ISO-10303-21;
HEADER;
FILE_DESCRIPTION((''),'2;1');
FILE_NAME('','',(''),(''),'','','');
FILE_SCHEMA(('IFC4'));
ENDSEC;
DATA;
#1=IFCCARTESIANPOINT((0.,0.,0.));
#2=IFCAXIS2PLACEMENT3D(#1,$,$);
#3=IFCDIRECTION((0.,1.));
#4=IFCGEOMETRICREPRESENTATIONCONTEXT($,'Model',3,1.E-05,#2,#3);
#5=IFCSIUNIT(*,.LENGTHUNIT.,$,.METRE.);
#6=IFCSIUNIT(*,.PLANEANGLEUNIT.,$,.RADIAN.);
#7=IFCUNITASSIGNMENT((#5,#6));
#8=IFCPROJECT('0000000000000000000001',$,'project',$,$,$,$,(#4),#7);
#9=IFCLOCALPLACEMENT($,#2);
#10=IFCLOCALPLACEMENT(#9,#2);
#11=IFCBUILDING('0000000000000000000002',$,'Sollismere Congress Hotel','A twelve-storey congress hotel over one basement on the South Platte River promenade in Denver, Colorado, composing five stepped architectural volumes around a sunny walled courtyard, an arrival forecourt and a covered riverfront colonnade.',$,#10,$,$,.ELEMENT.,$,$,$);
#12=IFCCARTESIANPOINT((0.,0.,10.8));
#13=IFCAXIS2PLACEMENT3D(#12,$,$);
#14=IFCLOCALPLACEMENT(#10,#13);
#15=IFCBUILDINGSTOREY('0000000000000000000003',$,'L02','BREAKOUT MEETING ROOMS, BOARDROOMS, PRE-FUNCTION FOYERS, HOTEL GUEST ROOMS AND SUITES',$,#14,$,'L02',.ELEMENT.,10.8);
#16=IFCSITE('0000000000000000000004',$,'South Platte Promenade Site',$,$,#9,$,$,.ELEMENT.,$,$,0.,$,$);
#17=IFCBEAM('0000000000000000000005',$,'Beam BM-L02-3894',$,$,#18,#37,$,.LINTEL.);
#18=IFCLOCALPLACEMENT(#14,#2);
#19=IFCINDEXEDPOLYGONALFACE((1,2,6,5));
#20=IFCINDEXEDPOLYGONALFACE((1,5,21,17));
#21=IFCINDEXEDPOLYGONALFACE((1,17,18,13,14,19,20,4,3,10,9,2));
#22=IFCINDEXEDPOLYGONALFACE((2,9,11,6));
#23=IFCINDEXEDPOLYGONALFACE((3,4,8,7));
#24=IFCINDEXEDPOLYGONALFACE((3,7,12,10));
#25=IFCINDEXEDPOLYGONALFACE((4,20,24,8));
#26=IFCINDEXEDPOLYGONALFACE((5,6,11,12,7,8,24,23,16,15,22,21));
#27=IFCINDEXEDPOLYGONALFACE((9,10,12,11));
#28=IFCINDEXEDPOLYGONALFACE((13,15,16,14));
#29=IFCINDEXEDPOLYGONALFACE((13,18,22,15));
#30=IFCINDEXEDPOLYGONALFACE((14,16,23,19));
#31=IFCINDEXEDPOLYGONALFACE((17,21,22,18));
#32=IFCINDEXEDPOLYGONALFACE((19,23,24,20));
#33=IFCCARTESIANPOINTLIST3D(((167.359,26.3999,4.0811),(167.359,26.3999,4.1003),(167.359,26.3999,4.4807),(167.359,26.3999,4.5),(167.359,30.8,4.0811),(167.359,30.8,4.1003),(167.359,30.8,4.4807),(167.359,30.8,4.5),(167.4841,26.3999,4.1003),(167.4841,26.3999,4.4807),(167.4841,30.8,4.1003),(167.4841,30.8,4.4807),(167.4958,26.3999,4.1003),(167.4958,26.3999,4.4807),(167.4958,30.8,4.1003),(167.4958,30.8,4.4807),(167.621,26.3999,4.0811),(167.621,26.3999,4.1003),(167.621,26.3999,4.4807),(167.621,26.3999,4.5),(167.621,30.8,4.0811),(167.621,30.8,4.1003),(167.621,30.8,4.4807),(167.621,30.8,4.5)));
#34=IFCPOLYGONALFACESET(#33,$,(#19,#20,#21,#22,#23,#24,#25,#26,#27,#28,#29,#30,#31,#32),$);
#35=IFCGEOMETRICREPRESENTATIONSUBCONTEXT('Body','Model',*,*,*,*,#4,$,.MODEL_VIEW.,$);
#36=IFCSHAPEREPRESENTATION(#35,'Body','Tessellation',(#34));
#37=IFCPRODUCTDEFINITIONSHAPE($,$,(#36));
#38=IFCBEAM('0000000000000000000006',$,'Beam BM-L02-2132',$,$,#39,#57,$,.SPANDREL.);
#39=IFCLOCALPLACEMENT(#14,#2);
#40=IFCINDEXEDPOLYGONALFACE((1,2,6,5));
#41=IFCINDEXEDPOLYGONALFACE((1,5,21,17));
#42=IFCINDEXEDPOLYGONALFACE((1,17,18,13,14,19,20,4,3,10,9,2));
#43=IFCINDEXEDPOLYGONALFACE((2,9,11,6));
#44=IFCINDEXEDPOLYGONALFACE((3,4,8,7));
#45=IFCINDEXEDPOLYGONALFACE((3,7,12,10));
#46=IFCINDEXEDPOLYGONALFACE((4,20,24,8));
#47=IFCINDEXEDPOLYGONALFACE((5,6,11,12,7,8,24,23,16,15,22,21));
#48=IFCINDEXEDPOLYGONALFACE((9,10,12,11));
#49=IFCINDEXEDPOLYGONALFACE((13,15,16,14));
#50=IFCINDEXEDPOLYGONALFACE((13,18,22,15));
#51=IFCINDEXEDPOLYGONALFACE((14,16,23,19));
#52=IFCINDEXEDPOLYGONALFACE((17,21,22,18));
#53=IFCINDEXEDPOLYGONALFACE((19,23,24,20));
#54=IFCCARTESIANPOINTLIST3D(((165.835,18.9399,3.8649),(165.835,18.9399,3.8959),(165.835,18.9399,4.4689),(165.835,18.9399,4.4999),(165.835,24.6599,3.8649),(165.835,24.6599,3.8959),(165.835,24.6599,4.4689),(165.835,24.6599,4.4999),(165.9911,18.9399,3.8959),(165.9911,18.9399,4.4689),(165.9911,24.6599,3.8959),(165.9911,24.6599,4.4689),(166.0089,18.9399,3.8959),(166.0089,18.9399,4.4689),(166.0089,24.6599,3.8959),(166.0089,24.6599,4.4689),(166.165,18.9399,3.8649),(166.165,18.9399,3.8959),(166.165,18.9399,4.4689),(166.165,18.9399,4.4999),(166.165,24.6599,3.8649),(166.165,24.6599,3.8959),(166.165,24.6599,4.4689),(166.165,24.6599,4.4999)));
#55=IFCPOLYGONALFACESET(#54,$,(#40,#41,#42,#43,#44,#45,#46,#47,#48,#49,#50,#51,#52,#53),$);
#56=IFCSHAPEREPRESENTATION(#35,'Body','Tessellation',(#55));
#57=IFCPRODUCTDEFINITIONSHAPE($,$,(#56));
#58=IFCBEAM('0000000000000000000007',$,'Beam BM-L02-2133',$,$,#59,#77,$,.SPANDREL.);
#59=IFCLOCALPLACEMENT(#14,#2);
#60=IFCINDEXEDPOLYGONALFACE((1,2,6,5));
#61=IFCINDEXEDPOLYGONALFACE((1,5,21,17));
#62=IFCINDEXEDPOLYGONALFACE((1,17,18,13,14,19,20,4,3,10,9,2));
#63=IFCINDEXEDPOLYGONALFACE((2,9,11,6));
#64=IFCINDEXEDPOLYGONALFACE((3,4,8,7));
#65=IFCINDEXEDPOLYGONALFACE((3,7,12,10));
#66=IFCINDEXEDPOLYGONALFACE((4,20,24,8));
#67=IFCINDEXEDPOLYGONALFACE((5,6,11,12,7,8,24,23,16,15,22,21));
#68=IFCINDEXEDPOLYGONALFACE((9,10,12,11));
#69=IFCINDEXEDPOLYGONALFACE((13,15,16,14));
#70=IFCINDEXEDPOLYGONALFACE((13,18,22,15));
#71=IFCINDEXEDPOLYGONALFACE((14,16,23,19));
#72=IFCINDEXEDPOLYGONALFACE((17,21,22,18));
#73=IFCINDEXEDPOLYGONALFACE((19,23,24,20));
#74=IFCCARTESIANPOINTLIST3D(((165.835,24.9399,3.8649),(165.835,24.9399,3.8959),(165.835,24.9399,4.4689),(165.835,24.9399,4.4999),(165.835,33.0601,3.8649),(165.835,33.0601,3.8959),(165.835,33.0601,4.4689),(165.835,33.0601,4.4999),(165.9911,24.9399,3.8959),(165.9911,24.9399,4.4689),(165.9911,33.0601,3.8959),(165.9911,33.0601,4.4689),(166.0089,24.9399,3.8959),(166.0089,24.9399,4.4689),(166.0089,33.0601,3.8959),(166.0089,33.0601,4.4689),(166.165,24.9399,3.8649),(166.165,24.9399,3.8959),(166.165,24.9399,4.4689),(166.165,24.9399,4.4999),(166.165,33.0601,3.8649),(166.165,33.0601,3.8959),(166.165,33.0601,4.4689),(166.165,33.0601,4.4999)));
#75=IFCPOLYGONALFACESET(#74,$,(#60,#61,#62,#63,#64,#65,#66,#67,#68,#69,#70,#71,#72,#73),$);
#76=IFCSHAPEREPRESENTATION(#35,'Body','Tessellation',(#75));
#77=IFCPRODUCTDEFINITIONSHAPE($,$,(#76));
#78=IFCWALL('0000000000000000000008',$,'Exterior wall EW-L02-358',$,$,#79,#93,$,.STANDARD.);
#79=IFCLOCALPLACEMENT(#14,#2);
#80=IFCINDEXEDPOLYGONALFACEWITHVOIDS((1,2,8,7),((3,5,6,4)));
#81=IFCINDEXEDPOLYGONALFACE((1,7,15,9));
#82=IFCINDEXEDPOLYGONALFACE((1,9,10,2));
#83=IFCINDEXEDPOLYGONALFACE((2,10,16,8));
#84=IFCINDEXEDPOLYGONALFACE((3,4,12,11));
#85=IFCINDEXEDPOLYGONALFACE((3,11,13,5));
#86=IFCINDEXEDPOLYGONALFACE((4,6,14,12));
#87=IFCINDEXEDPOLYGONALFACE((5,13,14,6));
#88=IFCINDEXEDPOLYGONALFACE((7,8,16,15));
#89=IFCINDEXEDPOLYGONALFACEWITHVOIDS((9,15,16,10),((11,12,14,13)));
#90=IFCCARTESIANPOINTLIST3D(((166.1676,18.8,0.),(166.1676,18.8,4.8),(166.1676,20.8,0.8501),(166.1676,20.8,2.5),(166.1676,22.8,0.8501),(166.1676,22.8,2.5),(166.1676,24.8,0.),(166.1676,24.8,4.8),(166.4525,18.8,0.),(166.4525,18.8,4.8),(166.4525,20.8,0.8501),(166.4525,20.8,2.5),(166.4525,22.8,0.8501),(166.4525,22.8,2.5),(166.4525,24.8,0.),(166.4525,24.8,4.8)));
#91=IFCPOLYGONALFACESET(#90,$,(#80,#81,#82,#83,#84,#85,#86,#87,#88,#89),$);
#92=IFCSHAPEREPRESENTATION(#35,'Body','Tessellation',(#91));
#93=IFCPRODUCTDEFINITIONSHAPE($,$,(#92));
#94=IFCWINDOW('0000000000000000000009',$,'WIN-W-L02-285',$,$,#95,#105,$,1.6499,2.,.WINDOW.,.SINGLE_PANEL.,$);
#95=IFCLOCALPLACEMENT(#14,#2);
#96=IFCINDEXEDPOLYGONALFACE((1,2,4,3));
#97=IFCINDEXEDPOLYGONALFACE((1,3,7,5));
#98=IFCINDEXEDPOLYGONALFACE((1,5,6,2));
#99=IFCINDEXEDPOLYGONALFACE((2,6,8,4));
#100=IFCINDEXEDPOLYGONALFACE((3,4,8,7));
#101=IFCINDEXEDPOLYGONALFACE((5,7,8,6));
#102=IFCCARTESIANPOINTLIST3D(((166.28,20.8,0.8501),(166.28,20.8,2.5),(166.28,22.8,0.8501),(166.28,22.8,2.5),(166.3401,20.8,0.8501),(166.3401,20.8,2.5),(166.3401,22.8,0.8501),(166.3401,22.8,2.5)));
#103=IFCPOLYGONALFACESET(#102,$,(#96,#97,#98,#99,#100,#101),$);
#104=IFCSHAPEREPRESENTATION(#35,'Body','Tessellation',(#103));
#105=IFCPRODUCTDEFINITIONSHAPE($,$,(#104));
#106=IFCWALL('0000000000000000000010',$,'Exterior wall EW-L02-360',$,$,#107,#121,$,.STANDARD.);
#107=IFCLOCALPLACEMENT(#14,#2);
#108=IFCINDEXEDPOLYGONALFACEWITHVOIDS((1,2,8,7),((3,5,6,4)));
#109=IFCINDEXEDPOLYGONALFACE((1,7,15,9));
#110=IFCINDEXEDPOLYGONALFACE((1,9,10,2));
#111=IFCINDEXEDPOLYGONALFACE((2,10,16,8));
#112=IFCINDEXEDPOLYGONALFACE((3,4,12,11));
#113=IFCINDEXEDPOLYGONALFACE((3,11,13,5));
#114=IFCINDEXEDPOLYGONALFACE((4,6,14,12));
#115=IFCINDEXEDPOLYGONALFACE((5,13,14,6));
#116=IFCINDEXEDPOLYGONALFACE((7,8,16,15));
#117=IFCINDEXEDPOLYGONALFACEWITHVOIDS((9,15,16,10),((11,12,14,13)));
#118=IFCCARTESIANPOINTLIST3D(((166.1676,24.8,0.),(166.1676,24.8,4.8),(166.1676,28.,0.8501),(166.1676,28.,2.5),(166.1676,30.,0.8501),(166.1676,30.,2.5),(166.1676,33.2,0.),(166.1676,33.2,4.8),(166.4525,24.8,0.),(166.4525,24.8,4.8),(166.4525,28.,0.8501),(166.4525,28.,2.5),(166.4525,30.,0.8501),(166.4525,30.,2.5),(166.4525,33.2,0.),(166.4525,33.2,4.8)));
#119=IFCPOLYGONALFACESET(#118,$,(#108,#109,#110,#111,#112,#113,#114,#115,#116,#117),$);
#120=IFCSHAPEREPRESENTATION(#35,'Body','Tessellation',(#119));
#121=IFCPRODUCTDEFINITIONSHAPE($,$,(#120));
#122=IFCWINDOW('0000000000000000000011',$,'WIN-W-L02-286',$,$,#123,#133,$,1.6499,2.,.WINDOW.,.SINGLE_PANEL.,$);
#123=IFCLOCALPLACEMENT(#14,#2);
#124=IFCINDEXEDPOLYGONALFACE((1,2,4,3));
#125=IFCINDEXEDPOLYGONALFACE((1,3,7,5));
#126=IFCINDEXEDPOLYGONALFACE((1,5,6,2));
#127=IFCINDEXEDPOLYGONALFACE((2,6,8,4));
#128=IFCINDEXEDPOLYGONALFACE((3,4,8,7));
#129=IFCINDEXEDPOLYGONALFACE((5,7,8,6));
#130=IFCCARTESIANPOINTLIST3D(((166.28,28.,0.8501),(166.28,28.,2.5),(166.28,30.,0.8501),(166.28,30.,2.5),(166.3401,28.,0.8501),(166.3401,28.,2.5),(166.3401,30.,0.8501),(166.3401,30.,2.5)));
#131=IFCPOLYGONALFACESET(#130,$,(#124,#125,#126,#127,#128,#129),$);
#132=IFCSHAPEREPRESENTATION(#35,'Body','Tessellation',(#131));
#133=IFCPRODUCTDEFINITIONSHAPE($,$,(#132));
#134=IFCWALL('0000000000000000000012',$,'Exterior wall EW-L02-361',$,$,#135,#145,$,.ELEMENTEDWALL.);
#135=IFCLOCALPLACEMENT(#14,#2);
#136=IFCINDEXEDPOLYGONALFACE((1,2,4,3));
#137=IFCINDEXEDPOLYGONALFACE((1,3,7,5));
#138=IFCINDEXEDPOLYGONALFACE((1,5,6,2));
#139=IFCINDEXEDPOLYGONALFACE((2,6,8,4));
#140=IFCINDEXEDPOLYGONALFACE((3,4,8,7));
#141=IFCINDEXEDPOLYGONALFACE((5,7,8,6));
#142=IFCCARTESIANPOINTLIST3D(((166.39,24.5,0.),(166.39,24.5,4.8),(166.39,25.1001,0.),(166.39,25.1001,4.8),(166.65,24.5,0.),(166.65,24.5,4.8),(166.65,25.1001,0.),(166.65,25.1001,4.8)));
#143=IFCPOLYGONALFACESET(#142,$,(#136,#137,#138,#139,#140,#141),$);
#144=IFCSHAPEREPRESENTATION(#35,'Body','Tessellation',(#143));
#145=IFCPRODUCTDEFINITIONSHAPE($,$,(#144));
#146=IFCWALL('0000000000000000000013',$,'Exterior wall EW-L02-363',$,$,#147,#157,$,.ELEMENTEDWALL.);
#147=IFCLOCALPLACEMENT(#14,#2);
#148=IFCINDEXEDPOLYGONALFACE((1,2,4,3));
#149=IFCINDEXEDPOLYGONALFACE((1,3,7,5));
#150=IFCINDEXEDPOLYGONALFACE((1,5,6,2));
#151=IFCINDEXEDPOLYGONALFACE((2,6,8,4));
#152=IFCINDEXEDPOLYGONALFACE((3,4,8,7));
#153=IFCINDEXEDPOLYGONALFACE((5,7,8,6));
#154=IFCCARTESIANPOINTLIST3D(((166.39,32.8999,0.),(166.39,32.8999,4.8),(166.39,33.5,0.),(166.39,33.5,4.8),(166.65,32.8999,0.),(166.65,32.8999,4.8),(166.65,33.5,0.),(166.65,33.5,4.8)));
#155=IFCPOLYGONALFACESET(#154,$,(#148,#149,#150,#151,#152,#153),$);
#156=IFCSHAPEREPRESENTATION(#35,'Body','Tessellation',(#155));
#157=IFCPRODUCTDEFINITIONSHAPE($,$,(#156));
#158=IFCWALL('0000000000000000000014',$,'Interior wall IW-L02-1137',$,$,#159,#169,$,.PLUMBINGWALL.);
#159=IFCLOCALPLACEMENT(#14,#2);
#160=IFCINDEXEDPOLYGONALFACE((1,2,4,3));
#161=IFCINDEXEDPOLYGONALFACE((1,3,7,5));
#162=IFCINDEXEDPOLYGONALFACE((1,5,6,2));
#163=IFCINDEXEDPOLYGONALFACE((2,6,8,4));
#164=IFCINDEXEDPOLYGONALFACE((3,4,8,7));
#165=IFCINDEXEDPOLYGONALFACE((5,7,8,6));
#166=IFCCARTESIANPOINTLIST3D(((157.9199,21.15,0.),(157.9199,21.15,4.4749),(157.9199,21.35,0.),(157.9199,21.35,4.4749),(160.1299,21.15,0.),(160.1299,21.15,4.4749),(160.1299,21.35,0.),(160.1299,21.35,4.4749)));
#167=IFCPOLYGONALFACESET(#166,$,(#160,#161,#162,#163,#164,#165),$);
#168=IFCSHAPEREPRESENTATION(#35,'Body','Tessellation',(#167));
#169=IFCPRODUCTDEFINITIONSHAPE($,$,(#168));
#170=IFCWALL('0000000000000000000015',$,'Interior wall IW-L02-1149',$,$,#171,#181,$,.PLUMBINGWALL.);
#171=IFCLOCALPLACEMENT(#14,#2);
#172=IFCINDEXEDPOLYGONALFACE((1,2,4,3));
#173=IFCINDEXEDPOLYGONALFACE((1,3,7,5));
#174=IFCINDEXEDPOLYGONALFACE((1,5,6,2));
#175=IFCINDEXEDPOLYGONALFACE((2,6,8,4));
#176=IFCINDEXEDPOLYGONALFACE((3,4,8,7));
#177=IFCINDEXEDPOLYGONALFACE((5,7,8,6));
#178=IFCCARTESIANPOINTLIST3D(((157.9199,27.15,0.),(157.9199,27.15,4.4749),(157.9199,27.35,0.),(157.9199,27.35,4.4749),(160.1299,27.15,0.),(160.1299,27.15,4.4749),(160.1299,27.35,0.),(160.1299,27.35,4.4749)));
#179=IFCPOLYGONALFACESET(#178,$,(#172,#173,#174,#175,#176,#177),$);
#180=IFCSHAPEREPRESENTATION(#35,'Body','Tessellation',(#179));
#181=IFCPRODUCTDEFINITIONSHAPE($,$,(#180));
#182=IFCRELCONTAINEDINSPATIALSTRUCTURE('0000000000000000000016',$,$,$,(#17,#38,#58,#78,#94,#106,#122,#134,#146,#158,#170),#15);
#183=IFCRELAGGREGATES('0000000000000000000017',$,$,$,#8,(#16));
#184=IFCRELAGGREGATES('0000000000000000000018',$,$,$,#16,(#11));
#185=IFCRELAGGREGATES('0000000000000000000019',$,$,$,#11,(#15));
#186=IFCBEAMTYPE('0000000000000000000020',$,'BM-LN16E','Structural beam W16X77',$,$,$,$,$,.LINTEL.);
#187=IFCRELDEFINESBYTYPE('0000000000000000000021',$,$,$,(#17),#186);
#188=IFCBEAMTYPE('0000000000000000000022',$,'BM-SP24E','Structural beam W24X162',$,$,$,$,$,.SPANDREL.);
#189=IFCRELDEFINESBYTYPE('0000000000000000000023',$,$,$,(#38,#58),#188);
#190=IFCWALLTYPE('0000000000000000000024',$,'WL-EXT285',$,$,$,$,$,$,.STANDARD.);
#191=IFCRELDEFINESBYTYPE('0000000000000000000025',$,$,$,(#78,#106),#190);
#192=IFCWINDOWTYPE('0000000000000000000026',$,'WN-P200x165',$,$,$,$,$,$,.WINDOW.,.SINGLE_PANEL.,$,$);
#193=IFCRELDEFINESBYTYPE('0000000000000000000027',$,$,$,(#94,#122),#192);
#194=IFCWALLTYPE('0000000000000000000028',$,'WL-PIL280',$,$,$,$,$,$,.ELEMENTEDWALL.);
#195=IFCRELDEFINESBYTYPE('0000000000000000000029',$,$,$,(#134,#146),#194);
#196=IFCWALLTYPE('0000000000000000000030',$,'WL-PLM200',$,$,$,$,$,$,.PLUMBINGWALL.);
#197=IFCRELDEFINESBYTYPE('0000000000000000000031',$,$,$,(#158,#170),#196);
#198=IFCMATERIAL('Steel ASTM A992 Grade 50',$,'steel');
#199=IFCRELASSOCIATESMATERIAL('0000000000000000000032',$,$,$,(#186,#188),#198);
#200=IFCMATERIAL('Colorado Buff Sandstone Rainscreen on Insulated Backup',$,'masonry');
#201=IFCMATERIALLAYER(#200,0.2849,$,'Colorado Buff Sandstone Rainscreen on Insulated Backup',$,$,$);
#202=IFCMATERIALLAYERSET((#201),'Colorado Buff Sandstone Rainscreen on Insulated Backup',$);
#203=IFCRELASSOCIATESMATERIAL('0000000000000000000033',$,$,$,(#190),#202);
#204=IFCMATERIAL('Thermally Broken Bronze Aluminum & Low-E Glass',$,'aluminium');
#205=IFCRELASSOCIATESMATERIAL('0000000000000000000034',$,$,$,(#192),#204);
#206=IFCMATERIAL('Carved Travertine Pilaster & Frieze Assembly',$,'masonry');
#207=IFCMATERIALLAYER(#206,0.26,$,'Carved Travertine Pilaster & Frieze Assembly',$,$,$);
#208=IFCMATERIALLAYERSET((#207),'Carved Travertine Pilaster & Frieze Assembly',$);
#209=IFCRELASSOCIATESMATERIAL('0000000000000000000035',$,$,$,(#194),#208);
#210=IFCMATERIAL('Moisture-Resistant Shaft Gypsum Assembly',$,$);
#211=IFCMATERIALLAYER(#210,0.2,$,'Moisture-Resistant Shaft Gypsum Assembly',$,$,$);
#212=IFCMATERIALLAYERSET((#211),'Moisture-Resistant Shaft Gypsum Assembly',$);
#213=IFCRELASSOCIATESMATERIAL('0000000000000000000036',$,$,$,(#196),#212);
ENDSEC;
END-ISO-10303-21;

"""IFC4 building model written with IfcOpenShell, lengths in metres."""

from ifc_helpers import new_model, si_unit, direction, frame, frame_2d, origin, origin_2d, place, context, subcontext, project, spatial, rectangle, i_section, extrude, material, layer, layer_set, material_profile, profile_set, type_object, element, fill, save


model = new_model("IFC4")

# Units and contexts
model_context = context("Model", 3, precision=1e-05, world=origin(), true_north=direction((0.0, 1.0)))
body_context = subcontext(model_context, "Body", "Model", "MODEL_VIEW")
ifc_project = project(units=[si_unit("LENGTHUNIT", "METRE"), si_unit("PLANEANGLEUNIT", "RADIAN")], contexts=[model_context])

# Site, building, storey
site_placement = place(None, origin())
site = spatial("IfcSite", under=ifc_project, at=site_placement, Name="South Platte Promenade Site", CompositionType="ELEMENT", RefElevation=0.0)
building_placement = place(site_placement, origin())
building = spatial("IfcBuilding", under=site, at=building_placement, Name="Sollismere Congress Hotel", Description="A twelve-storey congress hotel over one basement on the South Platte River promenade in Denver, Colorado, composing five stepped architectural volumes around a sunny walled courtyard, an arrival forecourt and a covered riverfront colonnade.", CompositionType="ELEMENT")
storey_placement = place(building_placement, frame((0.0, 0.0, 10.8)))
storey = spatial("IfcBuildingStorey", under=building, at=storey_placement, Name="L02", Description="BREAKOUT MEETING ROOMS, BOARDROOMS, PRE-FUNCTION FOYERS, HOTEL GUEST ROOMS AND SUITES", LongName="L02", CompositionType="ELEMENT", Elevation=10.8)

# Shared definitions
ifc_material_1 = material(Name="Steel ASTM A992 Grade 50", Category="steel")

# Beams
ifc_material_profile_1 = material_profile(ifc_material_1, i_section(OverallWidth=0.262, OverallDepth=0.4189, WebThickness=0.0117, FlangeThickness=0.0193, at=origin_2d()), Name="W16X77")
ifc_profile_set_1 = profile_set([ifc_material_profile_1], Name="Steel ASTM A992 Grade 50")
beam_type_1 = type_object("IfcBeamType", Name="BM-LN16E", Description="Structural beam W16X77", PredefinedType="LINTEL", material=ifc_profile_set_1)
beam_1_placement = place(storey_placement, frame((167.49, 26.3999, 4.2905), z_axis=(0.0, 1.0, 0.0), x_axis=(-1.0, 0.0, 0.0)))
element("IfcBeam", 1, at=beam_1_placement, inside=storey, type_object=beam_type_1, Name="Beam BM-L02-3894", PredefinedType="LINTEL", context=body_context, shape_type="SweptSolid", body=[
    extrude(i_section(OverallWidth=0.262, OverallDepth=0.4189, WebThickness=0.0117, FlangeThickness=0.0193, at=origin_2d()), origin(), (0.0, 0.0, 1.0), 4.4001),
])
ifc_material_profile_2 = material_profile(ifc_material_1, i_section(OverallWidth=0.3301, OverallDepth=0.635, WebThickness=0.0178, FlangeThickness=0.031, at=origin_2d()), Name="W24X162")
ifc_profile_set_2 = profile_set([ifc_material_profile_2], Name="Steel ASTM A992 Grade 50")
beam_type_2 = type_object("IfcBeamType", Name="BM-SP24E", Description="Structural beam W24X162", PredefinedType="SPANDREL", material=ifc_profile_set_2)
beam_2_placement = place(storey_placement, frame((166.0, 18.9399, 4.1824), z_axis=(0.0, 1.0, 0.0), x_axis=(-1.0, 0.0, 0.0)))
element("IfcBeam", 2, at=beam_2_placement, inside=storey, type_object=beam_type_2, Name="Beam BM-L02-2132", PredefinedType="SPANDREL", context=body_context, shape_type="SweptSolid", body=[
    extrude(i_section(OverallWidth=0.3301, OverallDepth=0.635, WebThickness=0.0178, FlangeThickness=0.031, at=origin_2d()), origin(), (0.0, 0.0, 1.0), 5.72),
])
beam_3_placement = place(storey_placement, frame((166.0, 24.9399, 4.1824), z_axis=(0.0, 1.0, 0.0), x_axis=(-1.0, 0.0, 0.0)))
element("IfcBeam", 3, at=beam_3_placement, inside=storey, type_object=beam_type_2, Name="Beam BM-L02-2133", PredefinedType="SPANDREL", context=body_context, shape_type="SweptSolid", body=[
    extrude(i_section(OverallWidth=0.3301, OverallDepth=0.635, WebThickness=0.0178, FlangeThickness=0.031, at=origin_2d()), origin(), (0.0, 0.0, 1.0), 8.1201),
])

# Walls, openings, windows
ifc_material_2 = material(Name="Colorado Buff Sandstone Rainscreen on Insulated Backup", Category="masonry")
ifc_layer_1 = layer(ifc_material_2, 0.2849, Name="Colorado Buff Sandstone Rainscreen on Insulated Backup")
ifc_layer_set_1 = layer_set([ifc_layer_1], Name="Colorado Buff Sandstone Rainscreen on Insulated Backup")
wall_type_1 = type_object("IfcWallType", Name="WL-EXT285", PredefinedType="STANDARD", material=ifc_layer_set_1)
wall_1_placement = place(storey_placement, frame((166.3101, 18.8, 0.0), z_axis=(0.0, 0.0, 1.0), x_axis=(0.0, 1.0, 0.0)))
wall_1 = element("IfcWall", 4, at=wall_1_placement, inside=storey, type_object=wall_type_1, Name="Exterior wall EW-L02-358", PredefinedType="STANDARD", context=body_context, shape_type="SweptSolid", body=[
    extrude(rectangle(XDim=6.0, YDim=0.2849, at=frame_2d((3.0, 0.0))), origin(), (0.0, 0.0, 1.0), 4.8),
])
opening_1_placement = place(wall_1_placement, frame((2.0, 0.0, 0.8501)))
opening_1 = element("IfcOpeningElement", 5, at=opening_1_placement, cuts=wall_1, PredefinedType="OPENING", context=body_context, shape_type="SweptSolid", body=[
    extrude(rectangle(XDim=2.0, YDim=1.6499, at=frame_2d((1.0, 0.825))), frame((0.0, 0.1523, 0.0), z_axis=(0.0, -1.0, 0.0), x_axis=(1.0, 0.0, 0.0)), (0.0, 0.0, 1.0), 0.3049),
])
ifc_material_3 = material(Name="Thermally Broken Bronze Aluminum & Low-E Glass", Category="aluminium")
window_type = type_object("IfcWindowType", Name="WN-P200x165", PartitioningType="SINGLE_PANEL", PredefinedType="WINDOW", material=ifc_material_3)
window_1_placement = place(opening_1_placement, origin())
window_1 = element("IfcWindow", 6, at=window_1_placement, inside=storey, type_object=window_type, Name="WIN-W-L02-285", OverallHeight=1.6499, OverallWidth=2.0, PartitioningType="SINGLE_PANEL", PredefinedType="WINDOW", context=body_context, shape_type="SweptSolid", body=[
    extrude(rectangle(XDim=2.0, YDim=1.6499, at=frame_2d((1.0, 0.825))), frame((0.0, 0.03, 0.0), z_axis=(0.0, -1.0, 0.0), x_axis=(1.0, 0.0, 0.0)), (0.0, 0.0, 1.0), 0.0601),
])
fill(opening_1, window_1)
wall_2_placement = place(storey_placement, frame((166.3101, 24.8, 0.0), z_axis=(0.0, 0.0, 1.0), x_axis=(0.0, 1.0, 0.0)))
wall_2 = element("IfcWall", 7, at=wall_2_placement, inside=storey, type_object=wall_type_1, Name="Exterior wall EW-L02-360", PredefinedType="STANDARD", context=body_context, shape_type="SweptSolid", body=[
    extrude(rectangle(XDim=8.3999, YDim=0.2849, at=frame_2d((4.2, 0.0))), origin(), (0.0, 0.0, 1.0), 4.8),
])
opening_2_placement = place(wall_2_placement, frame((3.2, 0.0, 0.8501)))
opening_2 = element("IfcOpeningElement", 8, at=opening_2_placement, cuts=wall_2, PredefinedType="OPENING", context=body_context, shape_type="SweptSolid", body=[
    extrude(rectangle(XDim=2.0, YDim=1.6499, at=frame_2d((1.0, 0.825))), frame((0.0, 0.1523, 0.0), z_axis=(0.0, -1.0, 0.0), x_axis=(1.0, 0.0, 0.0)), (0.0, 0.0, 1.0), 0.3049),
])
window_2_placement = place(opening_2_placement, origin())
window_2 = element("IfcWindow", 9, at=window_2_placement, inside=storey, type_object=window_type, Name="WIN-W-L02-286", OverallHeight=1.6499, OverallWidth=2.0, PartitioningType="SINGLE_PANEL", PredefinedType="WINDOW", context=body_context, shape_type="SweptSolid", body=[
    extrude(rectangle(XDim=2.0, YDim=1.6499, at=frame_2d((1.0, 0.825))), frame((0.0, 0.03, 0.0), z_axis=(0.0, -1.0, 0.0), x_axis=(1.0, 0.0, 0.0)), (0.0, 0.0, 1.0), 0.0601),
])
fill(opening_2, window_2)

# Walls
ifc_material_4 = material(Name="Carved Travertine Pilaster & Frieze Assembly", Category="masonry")
ifc_layer_2 = layer(ifc_material_4, 0.26, Name="Carved Travertine Pilaster & Frieze Assembly")
ifc_layer_set_2 = layer_set([ifc_layer_2], Name="Carved Travertine Pilaster & Frieze Assembly")
wall_type_2 = type_object("IfcWallType", Name="WL-PIL280", PredefinedType="ELEMENTEDWALL", material=ifc_layer_set_2)
for number, where, z_axis, x_axis, name in (
    (10, (166.52, 24.5, 0.0), (0.0, 0.0, 1.0), (0.0, 1.0, 0.0), "Exterior wall EW-L02-361"),
    (11, (166.52, 32.8999, 0.0), (0.0, 0.0, 1.0), (0.0, 1.0, 0.0), "Exterior wall EW-L02-363"),
):
    element("IfcWall", number, at=place(storey_placement, frame(where, z_axis=z_axis, x_axis=x_axis)), inside=storey, type_object=wall_type_2, Name=name, PredefinedType="ELEMENTEDWALL", context=body_context, shape_type="SweptSolid", body=[
        extrude(rectangle(XDim=0.6001, YDim=0.26, at=frame_2d((0.3, 0.0))), origin(), (0.0, 0.0, 1.0), 4.8),
    ])
ifc_material_5 = material(Name="Moisture-Resistant Shaft Gypsum Assembly")
ifc_layer_3 = layer(ifc_material_5, 0.2, Name="Moisture-Resistant Shaft Gypsum Assembly")
ifc_layer_set_3 = layer_set([ifc_layer_3], Name="Moisture-Resistant Shaft Gypsum Assembly")
wall_type_3 = type_object("IfcWallType", Name="WL-PLM200", PredefinedType="PLUMBINGWALL", material=ifc_layer_set_3)
for number, where, z_axis, x_axis, name in (
    (12, (157.9199, 21.25, 0.0), (0.0, 0.0, 1.0), (1.0, 0.0, 0.0), "Interior wall IW-L02-1137"),
    (13, (157.9199, 27.25, 0.0), (0.0, 0.0, 1.0), (1.0, 0.0, 0.0), "Interior wall IW-L02-1149"),
):
    element("IfcWall", number, at=place(storey_placement, frame(where, z_axis=z_axis, x_axis=x_axis)), inside=storey, type_object=wall_type_3, Name=name, PredefinedType="PLUMBINGWALL", context=body_context, shape_type="SweptSolid", body=[
        extrude(rectangle(XDim=2.21, YDim=0.2, at=frame_2d((1.105, 0.0))), origin(), (0.0, 0.0, 1.0), 4.4749),
    ])

save(model, "model.ifc")
